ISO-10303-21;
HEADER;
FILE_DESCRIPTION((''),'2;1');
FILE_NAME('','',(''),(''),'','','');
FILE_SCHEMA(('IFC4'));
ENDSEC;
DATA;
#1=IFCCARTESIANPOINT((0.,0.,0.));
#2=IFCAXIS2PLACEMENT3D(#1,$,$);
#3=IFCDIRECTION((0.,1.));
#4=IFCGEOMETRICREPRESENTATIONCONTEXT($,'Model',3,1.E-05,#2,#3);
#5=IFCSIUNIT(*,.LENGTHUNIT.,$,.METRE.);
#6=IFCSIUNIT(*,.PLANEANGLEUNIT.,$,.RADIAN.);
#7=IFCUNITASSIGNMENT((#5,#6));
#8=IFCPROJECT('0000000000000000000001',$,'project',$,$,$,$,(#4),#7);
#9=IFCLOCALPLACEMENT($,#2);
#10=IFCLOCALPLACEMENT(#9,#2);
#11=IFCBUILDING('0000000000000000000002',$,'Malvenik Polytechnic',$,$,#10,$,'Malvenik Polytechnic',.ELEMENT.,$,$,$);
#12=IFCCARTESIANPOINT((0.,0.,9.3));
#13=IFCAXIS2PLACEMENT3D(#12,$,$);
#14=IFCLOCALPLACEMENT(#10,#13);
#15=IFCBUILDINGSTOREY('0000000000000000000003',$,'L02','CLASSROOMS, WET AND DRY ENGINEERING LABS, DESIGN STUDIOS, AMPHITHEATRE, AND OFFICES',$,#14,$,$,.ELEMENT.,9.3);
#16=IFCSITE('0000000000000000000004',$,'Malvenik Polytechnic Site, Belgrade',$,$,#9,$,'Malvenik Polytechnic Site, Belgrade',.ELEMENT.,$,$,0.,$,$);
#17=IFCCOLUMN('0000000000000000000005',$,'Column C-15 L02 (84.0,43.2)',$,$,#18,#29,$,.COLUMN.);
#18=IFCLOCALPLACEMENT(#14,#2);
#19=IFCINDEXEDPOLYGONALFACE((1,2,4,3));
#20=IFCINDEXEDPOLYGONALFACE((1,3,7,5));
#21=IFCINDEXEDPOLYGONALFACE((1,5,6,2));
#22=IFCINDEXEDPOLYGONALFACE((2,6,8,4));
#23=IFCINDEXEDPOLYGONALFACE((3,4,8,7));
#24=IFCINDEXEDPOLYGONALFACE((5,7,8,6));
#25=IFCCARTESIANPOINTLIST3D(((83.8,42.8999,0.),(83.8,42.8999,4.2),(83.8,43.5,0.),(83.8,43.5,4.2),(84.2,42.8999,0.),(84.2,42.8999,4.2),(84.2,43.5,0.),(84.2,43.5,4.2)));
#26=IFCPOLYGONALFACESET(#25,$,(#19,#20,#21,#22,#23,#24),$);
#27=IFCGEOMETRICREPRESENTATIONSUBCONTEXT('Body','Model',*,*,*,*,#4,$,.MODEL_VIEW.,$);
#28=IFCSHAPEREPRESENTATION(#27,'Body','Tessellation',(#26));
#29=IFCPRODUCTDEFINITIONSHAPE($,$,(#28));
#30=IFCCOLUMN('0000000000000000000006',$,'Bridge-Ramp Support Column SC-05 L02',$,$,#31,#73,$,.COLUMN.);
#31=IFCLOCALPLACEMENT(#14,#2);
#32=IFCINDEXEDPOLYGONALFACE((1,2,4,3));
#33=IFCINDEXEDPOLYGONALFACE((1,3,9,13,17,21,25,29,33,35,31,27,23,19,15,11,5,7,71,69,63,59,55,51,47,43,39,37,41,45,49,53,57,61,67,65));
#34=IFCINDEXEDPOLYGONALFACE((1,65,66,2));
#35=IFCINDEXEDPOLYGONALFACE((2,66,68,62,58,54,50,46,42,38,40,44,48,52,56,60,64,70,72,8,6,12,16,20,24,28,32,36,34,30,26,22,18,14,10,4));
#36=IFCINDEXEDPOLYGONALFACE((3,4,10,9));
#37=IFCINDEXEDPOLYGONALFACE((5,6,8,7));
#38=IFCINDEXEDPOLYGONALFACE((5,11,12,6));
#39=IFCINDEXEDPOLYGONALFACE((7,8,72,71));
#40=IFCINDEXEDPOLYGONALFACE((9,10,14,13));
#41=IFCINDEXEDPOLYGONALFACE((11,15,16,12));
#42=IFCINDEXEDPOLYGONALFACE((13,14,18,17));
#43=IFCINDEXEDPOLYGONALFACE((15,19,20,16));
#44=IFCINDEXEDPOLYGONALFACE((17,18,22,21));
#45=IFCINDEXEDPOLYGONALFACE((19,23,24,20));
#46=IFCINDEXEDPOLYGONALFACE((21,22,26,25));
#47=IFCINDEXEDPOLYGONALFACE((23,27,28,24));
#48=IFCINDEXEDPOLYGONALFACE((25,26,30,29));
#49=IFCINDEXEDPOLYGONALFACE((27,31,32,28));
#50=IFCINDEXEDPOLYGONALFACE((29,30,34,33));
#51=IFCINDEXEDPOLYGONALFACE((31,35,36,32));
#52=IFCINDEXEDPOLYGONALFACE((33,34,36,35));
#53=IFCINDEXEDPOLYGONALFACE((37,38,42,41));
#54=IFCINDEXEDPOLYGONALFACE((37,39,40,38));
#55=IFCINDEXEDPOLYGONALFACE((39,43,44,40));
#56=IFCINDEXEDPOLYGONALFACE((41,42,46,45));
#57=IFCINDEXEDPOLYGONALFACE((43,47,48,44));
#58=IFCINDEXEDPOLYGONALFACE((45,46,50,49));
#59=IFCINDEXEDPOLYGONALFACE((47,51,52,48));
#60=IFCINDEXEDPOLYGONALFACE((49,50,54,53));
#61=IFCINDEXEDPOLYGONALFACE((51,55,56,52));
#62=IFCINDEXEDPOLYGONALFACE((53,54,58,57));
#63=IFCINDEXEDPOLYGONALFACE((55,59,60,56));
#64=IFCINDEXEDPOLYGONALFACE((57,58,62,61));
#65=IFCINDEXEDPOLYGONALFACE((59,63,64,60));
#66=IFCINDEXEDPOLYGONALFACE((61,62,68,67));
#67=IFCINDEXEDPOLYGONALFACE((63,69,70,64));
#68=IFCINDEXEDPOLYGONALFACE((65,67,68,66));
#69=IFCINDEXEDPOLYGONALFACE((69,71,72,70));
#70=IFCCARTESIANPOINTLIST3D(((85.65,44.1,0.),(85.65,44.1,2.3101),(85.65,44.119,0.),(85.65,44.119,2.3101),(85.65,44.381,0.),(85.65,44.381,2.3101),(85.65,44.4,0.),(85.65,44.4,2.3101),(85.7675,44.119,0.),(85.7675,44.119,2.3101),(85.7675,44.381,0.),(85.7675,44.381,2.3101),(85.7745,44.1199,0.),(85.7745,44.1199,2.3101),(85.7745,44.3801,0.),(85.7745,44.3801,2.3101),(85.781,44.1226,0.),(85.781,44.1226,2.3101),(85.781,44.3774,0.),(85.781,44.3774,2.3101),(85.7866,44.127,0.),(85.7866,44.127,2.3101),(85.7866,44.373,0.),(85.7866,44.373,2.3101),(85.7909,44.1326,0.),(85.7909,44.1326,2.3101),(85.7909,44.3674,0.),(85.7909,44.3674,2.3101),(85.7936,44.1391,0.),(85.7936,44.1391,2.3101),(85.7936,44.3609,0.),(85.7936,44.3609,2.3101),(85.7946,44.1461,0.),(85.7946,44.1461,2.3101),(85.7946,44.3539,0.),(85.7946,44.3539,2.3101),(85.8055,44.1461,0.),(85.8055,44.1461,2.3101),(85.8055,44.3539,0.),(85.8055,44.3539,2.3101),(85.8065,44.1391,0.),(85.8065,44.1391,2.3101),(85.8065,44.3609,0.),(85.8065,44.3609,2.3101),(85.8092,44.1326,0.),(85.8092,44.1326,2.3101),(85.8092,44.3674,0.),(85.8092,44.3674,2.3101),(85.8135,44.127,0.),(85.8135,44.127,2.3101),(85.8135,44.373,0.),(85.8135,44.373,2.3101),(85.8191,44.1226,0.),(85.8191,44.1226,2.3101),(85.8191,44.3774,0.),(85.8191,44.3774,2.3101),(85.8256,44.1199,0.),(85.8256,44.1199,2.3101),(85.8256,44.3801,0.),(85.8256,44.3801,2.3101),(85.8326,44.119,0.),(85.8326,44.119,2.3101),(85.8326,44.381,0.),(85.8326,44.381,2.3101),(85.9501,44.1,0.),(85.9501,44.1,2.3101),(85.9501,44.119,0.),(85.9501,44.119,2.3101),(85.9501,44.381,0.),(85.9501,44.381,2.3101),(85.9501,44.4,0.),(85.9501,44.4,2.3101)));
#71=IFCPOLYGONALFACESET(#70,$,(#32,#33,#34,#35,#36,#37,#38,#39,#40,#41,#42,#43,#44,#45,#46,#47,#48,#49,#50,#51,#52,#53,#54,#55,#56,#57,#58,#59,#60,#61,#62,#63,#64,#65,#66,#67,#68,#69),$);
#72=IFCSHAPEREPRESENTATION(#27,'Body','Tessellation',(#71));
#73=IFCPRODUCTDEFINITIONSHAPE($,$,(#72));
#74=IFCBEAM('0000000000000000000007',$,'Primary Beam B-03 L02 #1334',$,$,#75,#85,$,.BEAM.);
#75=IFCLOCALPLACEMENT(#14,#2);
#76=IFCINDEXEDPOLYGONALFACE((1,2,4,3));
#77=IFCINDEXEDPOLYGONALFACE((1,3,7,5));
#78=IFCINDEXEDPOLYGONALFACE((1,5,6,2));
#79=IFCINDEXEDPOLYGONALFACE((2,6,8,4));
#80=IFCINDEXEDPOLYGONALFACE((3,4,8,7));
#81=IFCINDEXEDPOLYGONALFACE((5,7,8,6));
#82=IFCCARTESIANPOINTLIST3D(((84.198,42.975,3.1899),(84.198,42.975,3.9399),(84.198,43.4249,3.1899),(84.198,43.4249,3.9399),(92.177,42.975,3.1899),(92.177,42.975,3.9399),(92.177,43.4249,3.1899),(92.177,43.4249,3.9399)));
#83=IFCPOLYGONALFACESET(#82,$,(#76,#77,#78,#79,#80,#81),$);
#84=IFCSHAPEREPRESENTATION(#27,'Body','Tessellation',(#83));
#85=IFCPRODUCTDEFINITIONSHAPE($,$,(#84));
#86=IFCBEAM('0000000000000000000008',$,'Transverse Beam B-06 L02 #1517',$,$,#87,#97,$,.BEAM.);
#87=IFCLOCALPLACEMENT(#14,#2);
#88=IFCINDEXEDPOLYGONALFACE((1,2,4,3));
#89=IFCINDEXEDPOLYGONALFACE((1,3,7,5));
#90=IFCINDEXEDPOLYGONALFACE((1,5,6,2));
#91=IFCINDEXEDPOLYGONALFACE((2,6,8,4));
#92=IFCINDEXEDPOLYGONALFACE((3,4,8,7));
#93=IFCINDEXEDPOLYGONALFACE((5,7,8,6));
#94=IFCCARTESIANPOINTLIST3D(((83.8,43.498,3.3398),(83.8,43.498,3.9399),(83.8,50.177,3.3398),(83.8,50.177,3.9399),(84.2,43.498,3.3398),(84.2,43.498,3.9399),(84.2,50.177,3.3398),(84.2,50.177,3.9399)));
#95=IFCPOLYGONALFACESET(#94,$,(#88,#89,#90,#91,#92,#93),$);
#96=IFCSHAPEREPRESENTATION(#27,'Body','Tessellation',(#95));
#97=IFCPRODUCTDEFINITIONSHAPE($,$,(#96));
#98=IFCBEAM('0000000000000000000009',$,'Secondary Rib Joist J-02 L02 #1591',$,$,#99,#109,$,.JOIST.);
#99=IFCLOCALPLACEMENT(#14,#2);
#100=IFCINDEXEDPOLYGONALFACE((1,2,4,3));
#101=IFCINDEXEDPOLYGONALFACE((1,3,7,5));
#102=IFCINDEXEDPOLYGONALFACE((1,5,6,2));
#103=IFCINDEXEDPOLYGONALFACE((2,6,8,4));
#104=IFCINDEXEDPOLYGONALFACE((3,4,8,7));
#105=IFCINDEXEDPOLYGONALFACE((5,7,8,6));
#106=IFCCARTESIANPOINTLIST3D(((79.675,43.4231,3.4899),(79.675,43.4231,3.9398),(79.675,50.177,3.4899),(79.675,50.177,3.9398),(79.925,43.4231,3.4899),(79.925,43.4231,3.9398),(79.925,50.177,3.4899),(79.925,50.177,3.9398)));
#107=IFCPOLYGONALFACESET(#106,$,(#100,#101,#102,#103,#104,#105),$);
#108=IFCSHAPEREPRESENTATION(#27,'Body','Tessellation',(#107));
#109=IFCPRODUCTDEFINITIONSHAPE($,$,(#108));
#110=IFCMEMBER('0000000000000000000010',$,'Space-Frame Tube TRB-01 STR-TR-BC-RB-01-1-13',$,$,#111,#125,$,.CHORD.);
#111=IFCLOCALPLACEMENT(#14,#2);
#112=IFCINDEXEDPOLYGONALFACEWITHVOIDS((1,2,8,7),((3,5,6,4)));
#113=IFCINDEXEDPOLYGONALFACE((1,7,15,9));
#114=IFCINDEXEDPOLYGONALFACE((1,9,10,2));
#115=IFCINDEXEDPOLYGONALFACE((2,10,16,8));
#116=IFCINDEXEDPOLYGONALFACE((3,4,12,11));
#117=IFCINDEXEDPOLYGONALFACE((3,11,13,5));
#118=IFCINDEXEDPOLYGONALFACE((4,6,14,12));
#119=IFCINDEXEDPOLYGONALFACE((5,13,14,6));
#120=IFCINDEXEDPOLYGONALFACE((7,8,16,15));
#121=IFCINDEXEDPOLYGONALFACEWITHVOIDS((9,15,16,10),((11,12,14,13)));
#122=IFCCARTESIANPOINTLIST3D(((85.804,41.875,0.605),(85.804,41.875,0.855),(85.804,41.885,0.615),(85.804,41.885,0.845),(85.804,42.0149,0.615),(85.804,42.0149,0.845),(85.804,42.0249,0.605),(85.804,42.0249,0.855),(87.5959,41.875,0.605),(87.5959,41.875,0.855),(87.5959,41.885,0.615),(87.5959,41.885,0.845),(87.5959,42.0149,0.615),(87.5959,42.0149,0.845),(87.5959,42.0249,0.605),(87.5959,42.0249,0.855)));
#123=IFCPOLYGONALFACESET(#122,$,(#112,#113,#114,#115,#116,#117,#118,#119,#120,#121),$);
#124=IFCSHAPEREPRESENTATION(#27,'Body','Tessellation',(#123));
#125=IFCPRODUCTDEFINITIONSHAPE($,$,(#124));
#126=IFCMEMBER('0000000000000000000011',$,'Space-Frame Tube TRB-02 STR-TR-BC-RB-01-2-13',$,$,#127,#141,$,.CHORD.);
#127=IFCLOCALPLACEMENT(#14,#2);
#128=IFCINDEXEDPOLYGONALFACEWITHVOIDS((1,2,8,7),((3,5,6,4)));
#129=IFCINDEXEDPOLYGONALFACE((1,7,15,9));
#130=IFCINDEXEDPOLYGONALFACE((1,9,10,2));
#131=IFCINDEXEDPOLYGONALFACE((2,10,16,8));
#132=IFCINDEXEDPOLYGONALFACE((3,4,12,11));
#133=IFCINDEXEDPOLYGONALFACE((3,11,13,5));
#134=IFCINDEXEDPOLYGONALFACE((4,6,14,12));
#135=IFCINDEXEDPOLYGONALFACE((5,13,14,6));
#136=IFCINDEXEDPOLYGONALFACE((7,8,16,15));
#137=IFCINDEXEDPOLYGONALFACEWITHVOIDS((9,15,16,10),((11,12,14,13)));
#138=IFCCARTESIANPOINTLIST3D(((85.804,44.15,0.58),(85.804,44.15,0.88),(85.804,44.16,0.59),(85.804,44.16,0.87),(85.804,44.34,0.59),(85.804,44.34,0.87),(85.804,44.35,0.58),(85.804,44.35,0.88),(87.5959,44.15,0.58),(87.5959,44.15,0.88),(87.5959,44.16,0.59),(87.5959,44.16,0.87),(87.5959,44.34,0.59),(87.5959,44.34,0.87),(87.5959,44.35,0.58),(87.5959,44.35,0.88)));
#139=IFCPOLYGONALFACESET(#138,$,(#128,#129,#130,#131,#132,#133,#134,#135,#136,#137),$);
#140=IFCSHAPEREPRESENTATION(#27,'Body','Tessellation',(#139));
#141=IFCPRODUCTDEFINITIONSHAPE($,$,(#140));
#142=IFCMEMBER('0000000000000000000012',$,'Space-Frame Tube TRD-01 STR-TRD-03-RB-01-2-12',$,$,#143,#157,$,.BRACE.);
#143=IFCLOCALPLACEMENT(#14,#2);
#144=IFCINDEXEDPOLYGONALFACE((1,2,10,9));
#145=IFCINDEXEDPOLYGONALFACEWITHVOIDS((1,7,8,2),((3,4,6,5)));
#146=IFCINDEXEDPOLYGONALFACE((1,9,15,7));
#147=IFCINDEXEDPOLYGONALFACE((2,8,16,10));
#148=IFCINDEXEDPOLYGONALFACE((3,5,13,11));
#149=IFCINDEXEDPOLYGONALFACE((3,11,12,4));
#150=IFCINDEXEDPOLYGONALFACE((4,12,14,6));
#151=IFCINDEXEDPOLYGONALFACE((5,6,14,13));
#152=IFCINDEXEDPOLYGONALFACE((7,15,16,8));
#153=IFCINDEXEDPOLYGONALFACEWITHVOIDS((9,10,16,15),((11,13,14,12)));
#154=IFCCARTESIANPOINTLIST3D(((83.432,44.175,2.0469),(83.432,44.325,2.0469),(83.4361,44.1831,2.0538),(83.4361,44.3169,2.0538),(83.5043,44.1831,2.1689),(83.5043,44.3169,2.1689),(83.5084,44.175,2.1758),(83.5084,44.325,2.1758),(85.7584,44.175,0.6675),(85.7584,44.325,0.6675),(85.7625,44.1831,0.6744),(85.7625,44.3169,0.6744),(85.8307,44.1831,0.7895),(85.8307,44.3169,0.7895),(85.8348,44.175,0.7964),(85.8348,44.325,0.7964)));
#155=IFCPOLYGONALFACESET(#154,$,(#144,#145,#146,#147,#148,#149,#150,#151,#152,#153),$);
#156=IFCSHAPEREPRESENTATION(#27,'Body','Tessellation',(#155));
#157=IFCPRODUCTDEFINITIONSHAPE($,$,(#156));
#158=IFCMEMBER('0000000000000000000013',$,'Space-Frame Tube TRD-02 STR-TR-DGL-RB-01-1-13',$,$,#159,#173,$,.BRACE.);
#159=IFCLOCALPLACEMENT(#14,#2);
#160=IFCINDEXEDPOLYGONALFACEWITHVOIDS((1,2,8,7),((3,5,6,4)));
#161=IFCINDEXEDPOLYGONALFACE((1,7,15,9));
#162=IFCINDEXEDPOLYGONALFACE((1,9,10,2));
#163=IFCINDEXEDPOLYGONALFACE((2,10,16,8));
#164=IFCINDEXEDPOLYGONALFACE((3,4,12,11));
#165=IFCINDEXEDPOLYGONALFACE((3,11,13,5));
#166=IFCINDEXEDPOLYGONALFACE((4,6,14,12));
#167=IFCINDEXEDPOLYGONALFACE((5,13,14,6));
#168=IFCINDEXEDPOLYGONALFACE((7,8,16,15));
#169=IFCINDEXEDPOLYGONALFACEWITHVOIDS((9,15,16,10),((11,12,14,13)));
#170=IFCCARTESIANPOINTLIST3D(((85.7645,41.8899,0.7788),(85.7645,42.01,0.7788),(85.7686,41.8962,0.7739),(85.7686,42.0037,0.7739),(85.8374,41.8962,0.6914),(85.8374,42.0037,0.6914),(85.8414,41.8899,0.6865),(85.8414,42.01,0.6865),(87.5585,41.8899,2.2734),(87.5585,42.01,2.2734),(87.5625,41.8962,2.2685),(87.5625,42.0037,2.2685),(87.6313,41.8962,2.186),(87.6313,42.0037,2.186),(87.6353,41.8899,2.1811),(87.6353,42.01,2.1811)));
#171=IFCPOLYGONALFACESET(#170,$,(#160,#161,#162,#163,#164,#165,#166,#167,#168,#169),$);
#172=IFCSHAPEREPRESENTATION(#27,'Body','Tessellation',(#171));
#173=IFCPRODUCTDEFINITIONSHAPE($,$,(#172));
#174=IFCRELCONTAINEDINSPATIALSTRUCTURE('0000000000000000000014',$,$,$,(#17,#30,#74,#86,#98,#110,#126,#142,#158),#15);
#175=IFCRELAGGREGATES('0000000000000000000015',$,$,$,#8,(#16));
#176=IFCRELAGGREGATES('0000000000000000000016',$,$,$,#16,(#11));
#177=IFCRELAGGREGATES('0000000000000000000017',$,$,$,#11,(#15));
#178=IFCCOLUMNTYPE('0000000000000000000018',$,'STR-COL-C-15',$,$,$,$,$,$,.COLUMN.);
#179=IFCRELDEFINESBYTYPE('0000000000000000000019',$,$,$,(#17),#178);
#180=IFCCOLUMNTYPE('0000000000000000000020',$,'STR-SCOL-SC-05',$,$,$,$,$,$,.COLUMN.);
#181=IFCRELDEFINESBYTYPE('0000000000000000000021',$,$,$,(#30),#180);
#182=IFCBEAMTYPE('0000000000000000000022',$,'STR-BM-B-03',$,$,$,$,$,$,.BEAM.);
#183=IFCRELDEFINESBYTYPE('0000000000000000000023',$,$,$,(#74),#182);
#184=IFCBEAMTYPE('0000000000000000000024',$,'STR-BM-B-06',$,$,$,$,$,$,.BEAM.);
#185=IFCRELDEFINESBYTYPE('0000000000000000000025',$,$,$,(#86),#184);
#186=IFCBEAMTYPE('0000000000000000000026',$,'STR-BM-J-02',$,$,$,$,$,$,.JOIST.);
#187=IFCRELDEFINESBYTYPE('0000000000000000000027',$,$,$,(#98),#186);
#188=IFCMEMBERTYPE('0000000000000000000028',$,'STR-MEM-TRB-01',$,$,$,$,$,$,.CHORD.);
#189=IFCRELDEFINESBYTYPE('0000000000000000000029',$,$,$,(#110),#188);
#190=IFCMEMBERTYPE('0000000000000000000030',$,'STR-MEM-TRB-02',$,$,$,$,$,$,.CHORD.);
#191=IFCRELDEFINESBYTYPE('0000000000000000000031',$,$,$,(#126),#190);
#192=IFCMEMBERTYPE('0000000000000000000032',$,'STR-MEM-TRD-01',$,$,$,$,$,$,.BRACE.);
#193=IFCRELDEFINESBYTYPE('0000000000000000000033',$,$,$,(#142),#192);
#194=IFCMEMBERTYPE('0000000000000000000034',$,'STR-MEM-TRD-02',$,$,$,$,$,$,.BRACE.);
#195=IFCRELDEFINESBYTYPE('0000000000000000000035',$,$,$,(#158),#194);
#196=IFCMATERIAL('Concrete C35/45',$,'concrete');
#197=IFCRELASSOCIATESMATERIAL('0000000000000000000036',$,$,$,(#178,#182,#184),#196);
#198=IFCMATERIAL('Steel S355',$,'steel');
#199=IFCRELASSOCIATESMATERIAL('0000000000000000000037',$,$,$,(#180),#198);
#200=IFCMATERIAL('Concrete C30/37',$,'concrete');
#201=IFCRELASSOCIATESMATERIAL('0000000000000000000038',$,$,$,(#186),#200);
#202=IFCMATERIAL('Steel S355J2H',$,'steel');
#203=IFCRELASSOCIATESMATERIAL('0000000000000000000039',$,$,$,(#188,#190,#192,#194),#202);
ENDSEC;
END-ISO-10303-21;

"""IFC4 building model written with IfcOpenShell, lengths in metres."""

from ifc_helpers import new_model, si_unit, direction, frame, origin, origin_2d, place, context, subcontext, project, spatial, rectangle, hollow_rectangle, i_section, extrude, material, material_profile, profile_set, type_object, element, save


model = new_model("IFC4")

# Units and contexts
model_context = context("Model", 3, precision=1e-05, world=origin(), true_north=direction((0.0, 1.0)))
body_context = subcontext(model_context, "Body", "Model", "MODEL_VIEW")
ifc_project = project(units=[si_unit("LENGTHUNIT", "METRE"), si_unit("PLANEANGLEUNIT", "RADIAN")], contexts=[model_context])

# Site, building, storey
site_placement = place(None, origin())
site = spatial("IfcSite", under=ifc_project, at=site_placement, Name="Malvenik Polytechnic Site, Belgrade", LongName="Malvenik Polytechnic Site, Belgrade", CompositionType="ELEMENT", RefElevation=0.0)
building_placement = place(site_placement, origin())
building = spatial("IfcBuilding", under=site, at=building_placement, Name="Malvenik Polytechnic", LongName="Malvenik Polytechnic", CompositionType="ELEMENT")
storey_placement = place(building_placement, frame((0.0, 0.0, 9.3)))
storey = spatial("IfcBuildingStorey", under=building, at=storey_placement, Name="L02", Description="CLASSROOMS, WET AND DRY ENGINEERING LABS, DESIGN STUDIOS, AMPHITHEATRE, AND OFFICES", CompositionType="ELEMENT", Elevation=9.3)

# Columns
ifc_material_1 = material(Name="Concrete C35/45", Category="concrete")
ifc_material_profile_1 = material_profile(ifc_material_1, rectangle(XDim=0.3999, YDim=0.6001, at=origin_2d()), Name="RC COL 600x400")
ifc_profile_set_1 = profile_set([ifc_material_profile_1], Name="Concrete C35/45")
column_type_1 = type_object("IfcColumnType", Name="STR-COL-C-15", PredefinedType="COLUMN", material=ifc_profile_set_1)
column_1_placement = place(storey_placement, frame((84.0, 43.2, 0.0), z_axis=(0.0, 0.0, 1.0), x_axis=(1.0, 0.0, 0.0)))
element("IfcColumn", 1, at=column_1_placement, inside=storey, type_object=column_type_1, Name="Column C-15 L02 (84.0,43.2)", PredefinedType="COLUMN", context=body_context, shape_type="SweptSolid", body=[
    extrude(rectangle(XDim=0.3999, YDim=0.6001, at=origin_2d()), origin(), (0.0, 0.0, 1.0), 4.2),
])
ifc_material_2 = material(Name="Steel S355", Category="steel")
ifc_material_profile_2 = material_profile(ifc_material_2, i_section(OverallWidth=0.3, OverallDepth=0.3, WebThickness=0.011, FlangeThickness=0.019, FilletRadius=0.0271, at=origin_2d()), Name="HEB 300")
ifc_profile_set_2 = profile_set([ifc_material_profile_2], Name="Steel S355")
column_type_2 = type_object("IfcColumnType", Name="STR-SCOL-SC-05", PredefinedType="COLUMN", material=ifc_profile_set_2)
column_2_placement = place(storey_placement, frame((85.8, 44.25, 0.0), z_axis=(0.0, 0.0, 1.0), x_axis=(1.0, 0.0, 0.0)))
element("IfcColumn", 2, at=column_2_placement, inside=storey, type_object=column_type_2, Name="Bridge-Ramp Support Column SC-05 L02", PredefinedType="COLUMN", context=body_context, shape_type="SweptSolid", body=[
    extrude(i_section(OverallWidth=0.3, OverallDepth=0.3, WebThickness=0.011, FlangeThickness=0.019, FilletRadius=0.0271, at=origin_2d()), origin(), (0.0, 0.0, 1.0), 2.3101),
])

# Beams
ifc_material_profile_3 = material_profile(ifc_material_1, rectangle(XDim=0.45, YDim=0.75, at=origin_2d()), Name="RC BM 450x750")
ifc_profile_set_3 = profile_set([ifc_material_profile_3], Name="Concrete C35/45")
beam_type_1 = type_object("IfcBeamType", Name="STR-BM-B-03", PredefinedType="BEAM", material=ifc_profile_set_3)
beam_1_placement = place(storey_placement, frame((84.198, 43.2, 3.5649), z_axis=(1.0, 0.0, 0.0), x_axis=(0.0, 1.0, 0.0)))
element("IfcBeam", 3, at=beam_1_placement, inside=storey, type_object=beam_type_1, Name="Primary Beam B-03 L02 #1334", PredefinedType="BEAM", context=body_context, shape_type="SweptSolid", body=[
    extrude(rectangle(XDim=0.45, YDim=0.75, at=origin_2d()), origin(), (0.0, 0.0, 1.0), 7.979),
])
ifc_material_profile_4 = material_profile(ifc_material_1, rectangle(XDim=0.3999, YDim=0.6001, at=origin_2d()), Name="RC BM 400x600")
ifc_profile_set_4 = profile_set([ifc_material_profile_4], Name="Concrete C35/45")
beam_type_2 = type_object("IfcBeamType", Name="STR-BM-B-06", PredefinedType="BEAM", material=ifc_profile_set_4)
beam_2_placement = place(storey_placement, frame((84.0, 43.498, 3.6399), z_axis=(0.0, 1.0, 0.0), x_axis=(-1.0, 0.0, 0.0)))
element("IfcBeam", 4, at=beam_2_placement, inside=storey, type_object=beam_type_2, Name="Transverse Beam B-06 L02 #1517", PredefinedType="BEAM", context=body_context, shape_type="SweptSolid", body=[
    extrude(rectangle(XDim=0.3999, YDim=0.6001, at=origin_2d()), origin(), (0.0, 0.0, 1.0), 6.679),
])
ifc_material_3 = material(Name="Concrete C30/37", Category="concrete")
ifc_material_profile_5 = material_profile(ifc_material_3, rectangle(XDim=0.25, YDim=0.45, at=origin_2d()), Name="RC JST 250x450")
ifc_profile_set_5 = profile_set([ifc_material_profile_5], Name="Concrete C30/37")
beam_type_3 = type_object("IfcBeamType", Name="STR-BM-J-02", PredefinedType="JOIST", material=ifc_profile_set_5)
beam_3_placement = place(storey_placement, frame((79.8, 43.4231, 3.7148), z_axis=(0.0, 1.0, 0.0), x_axis=(-1.0, 0.0, 0.0)))
element("IfcBeam", 5, at=beam_3_placement, inside=storey, type_object=beam_type_3, Name="Secondary Rib Joist J-02 L02 #1591", PredefinedType="JOIST", context=body_context, shape_type="SweptSolid", body=[
    extrude(rectangle(XDim=0.25, YDim=0.45, at=origin_2d()), origin(), (0.0, 0.0, 1.0), 6.7539),
])

# Members
ifc_material_4 = material(Name="Steel S355J2H", Category="steel")
ifc_material_profile_6 = material_profile(ifc_material_4, hollow_rectangle(XDim=0.1499, YDim=0.25, WallThickness=0.01, at=origin_2d()), Name="RHS 250x150x10.0")
ifc_profile_set_6 = profile_set([ifc_material_profile_6], Name="Steel S355J2H")
member_type_1 = type_object("IfcMemberType", Name="STR-MEM-TRB-01", PredefinedType="CHORD", material=ifc_profile_set_6)
member_1_placement = place(storey_placement, frame((85.804, 41.95, 0.73), z_axis=(1.0, 0.0, 0.0), x_axis=(0.0, 1.0, 0.0)))
element("IfcMember", 6, at=member_1_placement, inside=storey, type_object=member_type_1, Name="Space-Frame Tube TRB-01 STR-TR-BC-RB-01-1-13", PredefinedType="CHORD", context=body_context, shape_type="SweptSolid", body=[
    extrude(hollow_rectangle(XDim=0.1499, YDim=0.25, WallThickness=0.01, at=origin_2d()), origin(), (0.0, 0.0, 1.0), 1.792),
])
ifc_material_profile_7 = material_profile(ifc_material_4, hollow_rectangle(XDim=0.2, YDim=0.3, WallThickness=0.01, at=origin_2d()), Name="RHS 300x200x10.0")
ifc_profile_set_7 = profile_set([ifc_material_profile_7], Name="Steel S355J2H")
member_type_2 = type_object("IfcMemberType", Name="STR-MEM-TRB-02", PredefinedType="CHORD", material=ifc_profile_set_7)
member_2_placement = place(storey_placement, frame((85.804, 44.25, 0.73), z_axis=(1.0, 0.0, 0.0), x_axis=(0.0, 1.0, 0.0)))
element("IfcMember", 7, at=member_2_placement, inside=storey, type_object=member_type_2, Name="Space-Frame Tube TRB-02 STR-TR-BC-RB-01-2-13", PredefinedType="CHORD", context=body_context, shape_type="SweptSolid", body=[
    extrude(hollow_rectangle(XDim=0.2, YDim=0.3, WallThickness=0.01, at=origin_2d()), origin(), (0.0, 0.0, 1.0), 1.792),
])
ifc_material_profile_8 = material_profile(ifc_material_4, hollow_rectangle(XDim=0.1499, YDim=0.1499, WallThickness=0.0081, at=origin_2d()), Name="SHS 150x150x8.0")
ifc_profile_set_8 = profile_set([ifc_material_profile_8], Name="Steel S355J2H")
member_type_3 = type_object("IfcMemberType", Name="STR-MEM-TRD-01", PredefinedType="BRACE", material=ifc_profile_set_8)
member_3_placement = place(storey_placement, frame((83.4702, 44.25, 2.1113), z_axis=(0.860165, 0.0, -0.510015), x_axis=(0.0, 1.0, 0.0)))
element("IfcMember", 8, at=member_3_placement, inside=storey, type_object=member_type_3, Name="Space-Frame Tube TRD-01 STR-TRD-03-RB-01-2-12", PredefinedType="BRACE", context=body_context, shape_type="SweptSolid", body=[
    extrude(hollow_rectangle(XDim=0.1499, YDim=0.1499, WallThickness=0.0081, at=origin_2d()), origin(), (0.0, 0.0, 1.0), 2.7046),
])
ifc_material_profile_9 = material_profile(ifc_material_4, hollow_rectangle(XDim=0.1201, YDim=0.1201, WallThickness=0.0063, at=origin_2d()), Name="SHS 120x120x6.3")
ifc_profile_set_9 = profile_set([ifc_material_profile_9], Name="Steel S355J2H")
member_type_4 = type_object("IfcMemberType", Name="STR-MEM-TRD-02", PredefinedType="BRACE", material=ifc_profile_set_9)
member_4_placement = place(storey_placement, frame((85.803, 41.95, 0.7327), z_axis=(0.76829, 0.0, 0.640102), x_axis=(0.0, 1.0, 0.0)))
element("IfcMember", 9, at=member_4_placement, inside=storey, type_object=member_type_4, Name="Space-Frame Tube TRD-02 STR-TR-DGL-RB-01-1-13", PredefinedType="BRACE", context=body_context, shape_type="SweptSolid", body=[
    extrude(hollow_rectangle(XDim=0.1201, YDim=0.1201, WallThickness=0.0063, at=origin_2d()), origin(), (0.0, 0.0, 1.0), 2.335),
])

save(model, "model.ifc")
